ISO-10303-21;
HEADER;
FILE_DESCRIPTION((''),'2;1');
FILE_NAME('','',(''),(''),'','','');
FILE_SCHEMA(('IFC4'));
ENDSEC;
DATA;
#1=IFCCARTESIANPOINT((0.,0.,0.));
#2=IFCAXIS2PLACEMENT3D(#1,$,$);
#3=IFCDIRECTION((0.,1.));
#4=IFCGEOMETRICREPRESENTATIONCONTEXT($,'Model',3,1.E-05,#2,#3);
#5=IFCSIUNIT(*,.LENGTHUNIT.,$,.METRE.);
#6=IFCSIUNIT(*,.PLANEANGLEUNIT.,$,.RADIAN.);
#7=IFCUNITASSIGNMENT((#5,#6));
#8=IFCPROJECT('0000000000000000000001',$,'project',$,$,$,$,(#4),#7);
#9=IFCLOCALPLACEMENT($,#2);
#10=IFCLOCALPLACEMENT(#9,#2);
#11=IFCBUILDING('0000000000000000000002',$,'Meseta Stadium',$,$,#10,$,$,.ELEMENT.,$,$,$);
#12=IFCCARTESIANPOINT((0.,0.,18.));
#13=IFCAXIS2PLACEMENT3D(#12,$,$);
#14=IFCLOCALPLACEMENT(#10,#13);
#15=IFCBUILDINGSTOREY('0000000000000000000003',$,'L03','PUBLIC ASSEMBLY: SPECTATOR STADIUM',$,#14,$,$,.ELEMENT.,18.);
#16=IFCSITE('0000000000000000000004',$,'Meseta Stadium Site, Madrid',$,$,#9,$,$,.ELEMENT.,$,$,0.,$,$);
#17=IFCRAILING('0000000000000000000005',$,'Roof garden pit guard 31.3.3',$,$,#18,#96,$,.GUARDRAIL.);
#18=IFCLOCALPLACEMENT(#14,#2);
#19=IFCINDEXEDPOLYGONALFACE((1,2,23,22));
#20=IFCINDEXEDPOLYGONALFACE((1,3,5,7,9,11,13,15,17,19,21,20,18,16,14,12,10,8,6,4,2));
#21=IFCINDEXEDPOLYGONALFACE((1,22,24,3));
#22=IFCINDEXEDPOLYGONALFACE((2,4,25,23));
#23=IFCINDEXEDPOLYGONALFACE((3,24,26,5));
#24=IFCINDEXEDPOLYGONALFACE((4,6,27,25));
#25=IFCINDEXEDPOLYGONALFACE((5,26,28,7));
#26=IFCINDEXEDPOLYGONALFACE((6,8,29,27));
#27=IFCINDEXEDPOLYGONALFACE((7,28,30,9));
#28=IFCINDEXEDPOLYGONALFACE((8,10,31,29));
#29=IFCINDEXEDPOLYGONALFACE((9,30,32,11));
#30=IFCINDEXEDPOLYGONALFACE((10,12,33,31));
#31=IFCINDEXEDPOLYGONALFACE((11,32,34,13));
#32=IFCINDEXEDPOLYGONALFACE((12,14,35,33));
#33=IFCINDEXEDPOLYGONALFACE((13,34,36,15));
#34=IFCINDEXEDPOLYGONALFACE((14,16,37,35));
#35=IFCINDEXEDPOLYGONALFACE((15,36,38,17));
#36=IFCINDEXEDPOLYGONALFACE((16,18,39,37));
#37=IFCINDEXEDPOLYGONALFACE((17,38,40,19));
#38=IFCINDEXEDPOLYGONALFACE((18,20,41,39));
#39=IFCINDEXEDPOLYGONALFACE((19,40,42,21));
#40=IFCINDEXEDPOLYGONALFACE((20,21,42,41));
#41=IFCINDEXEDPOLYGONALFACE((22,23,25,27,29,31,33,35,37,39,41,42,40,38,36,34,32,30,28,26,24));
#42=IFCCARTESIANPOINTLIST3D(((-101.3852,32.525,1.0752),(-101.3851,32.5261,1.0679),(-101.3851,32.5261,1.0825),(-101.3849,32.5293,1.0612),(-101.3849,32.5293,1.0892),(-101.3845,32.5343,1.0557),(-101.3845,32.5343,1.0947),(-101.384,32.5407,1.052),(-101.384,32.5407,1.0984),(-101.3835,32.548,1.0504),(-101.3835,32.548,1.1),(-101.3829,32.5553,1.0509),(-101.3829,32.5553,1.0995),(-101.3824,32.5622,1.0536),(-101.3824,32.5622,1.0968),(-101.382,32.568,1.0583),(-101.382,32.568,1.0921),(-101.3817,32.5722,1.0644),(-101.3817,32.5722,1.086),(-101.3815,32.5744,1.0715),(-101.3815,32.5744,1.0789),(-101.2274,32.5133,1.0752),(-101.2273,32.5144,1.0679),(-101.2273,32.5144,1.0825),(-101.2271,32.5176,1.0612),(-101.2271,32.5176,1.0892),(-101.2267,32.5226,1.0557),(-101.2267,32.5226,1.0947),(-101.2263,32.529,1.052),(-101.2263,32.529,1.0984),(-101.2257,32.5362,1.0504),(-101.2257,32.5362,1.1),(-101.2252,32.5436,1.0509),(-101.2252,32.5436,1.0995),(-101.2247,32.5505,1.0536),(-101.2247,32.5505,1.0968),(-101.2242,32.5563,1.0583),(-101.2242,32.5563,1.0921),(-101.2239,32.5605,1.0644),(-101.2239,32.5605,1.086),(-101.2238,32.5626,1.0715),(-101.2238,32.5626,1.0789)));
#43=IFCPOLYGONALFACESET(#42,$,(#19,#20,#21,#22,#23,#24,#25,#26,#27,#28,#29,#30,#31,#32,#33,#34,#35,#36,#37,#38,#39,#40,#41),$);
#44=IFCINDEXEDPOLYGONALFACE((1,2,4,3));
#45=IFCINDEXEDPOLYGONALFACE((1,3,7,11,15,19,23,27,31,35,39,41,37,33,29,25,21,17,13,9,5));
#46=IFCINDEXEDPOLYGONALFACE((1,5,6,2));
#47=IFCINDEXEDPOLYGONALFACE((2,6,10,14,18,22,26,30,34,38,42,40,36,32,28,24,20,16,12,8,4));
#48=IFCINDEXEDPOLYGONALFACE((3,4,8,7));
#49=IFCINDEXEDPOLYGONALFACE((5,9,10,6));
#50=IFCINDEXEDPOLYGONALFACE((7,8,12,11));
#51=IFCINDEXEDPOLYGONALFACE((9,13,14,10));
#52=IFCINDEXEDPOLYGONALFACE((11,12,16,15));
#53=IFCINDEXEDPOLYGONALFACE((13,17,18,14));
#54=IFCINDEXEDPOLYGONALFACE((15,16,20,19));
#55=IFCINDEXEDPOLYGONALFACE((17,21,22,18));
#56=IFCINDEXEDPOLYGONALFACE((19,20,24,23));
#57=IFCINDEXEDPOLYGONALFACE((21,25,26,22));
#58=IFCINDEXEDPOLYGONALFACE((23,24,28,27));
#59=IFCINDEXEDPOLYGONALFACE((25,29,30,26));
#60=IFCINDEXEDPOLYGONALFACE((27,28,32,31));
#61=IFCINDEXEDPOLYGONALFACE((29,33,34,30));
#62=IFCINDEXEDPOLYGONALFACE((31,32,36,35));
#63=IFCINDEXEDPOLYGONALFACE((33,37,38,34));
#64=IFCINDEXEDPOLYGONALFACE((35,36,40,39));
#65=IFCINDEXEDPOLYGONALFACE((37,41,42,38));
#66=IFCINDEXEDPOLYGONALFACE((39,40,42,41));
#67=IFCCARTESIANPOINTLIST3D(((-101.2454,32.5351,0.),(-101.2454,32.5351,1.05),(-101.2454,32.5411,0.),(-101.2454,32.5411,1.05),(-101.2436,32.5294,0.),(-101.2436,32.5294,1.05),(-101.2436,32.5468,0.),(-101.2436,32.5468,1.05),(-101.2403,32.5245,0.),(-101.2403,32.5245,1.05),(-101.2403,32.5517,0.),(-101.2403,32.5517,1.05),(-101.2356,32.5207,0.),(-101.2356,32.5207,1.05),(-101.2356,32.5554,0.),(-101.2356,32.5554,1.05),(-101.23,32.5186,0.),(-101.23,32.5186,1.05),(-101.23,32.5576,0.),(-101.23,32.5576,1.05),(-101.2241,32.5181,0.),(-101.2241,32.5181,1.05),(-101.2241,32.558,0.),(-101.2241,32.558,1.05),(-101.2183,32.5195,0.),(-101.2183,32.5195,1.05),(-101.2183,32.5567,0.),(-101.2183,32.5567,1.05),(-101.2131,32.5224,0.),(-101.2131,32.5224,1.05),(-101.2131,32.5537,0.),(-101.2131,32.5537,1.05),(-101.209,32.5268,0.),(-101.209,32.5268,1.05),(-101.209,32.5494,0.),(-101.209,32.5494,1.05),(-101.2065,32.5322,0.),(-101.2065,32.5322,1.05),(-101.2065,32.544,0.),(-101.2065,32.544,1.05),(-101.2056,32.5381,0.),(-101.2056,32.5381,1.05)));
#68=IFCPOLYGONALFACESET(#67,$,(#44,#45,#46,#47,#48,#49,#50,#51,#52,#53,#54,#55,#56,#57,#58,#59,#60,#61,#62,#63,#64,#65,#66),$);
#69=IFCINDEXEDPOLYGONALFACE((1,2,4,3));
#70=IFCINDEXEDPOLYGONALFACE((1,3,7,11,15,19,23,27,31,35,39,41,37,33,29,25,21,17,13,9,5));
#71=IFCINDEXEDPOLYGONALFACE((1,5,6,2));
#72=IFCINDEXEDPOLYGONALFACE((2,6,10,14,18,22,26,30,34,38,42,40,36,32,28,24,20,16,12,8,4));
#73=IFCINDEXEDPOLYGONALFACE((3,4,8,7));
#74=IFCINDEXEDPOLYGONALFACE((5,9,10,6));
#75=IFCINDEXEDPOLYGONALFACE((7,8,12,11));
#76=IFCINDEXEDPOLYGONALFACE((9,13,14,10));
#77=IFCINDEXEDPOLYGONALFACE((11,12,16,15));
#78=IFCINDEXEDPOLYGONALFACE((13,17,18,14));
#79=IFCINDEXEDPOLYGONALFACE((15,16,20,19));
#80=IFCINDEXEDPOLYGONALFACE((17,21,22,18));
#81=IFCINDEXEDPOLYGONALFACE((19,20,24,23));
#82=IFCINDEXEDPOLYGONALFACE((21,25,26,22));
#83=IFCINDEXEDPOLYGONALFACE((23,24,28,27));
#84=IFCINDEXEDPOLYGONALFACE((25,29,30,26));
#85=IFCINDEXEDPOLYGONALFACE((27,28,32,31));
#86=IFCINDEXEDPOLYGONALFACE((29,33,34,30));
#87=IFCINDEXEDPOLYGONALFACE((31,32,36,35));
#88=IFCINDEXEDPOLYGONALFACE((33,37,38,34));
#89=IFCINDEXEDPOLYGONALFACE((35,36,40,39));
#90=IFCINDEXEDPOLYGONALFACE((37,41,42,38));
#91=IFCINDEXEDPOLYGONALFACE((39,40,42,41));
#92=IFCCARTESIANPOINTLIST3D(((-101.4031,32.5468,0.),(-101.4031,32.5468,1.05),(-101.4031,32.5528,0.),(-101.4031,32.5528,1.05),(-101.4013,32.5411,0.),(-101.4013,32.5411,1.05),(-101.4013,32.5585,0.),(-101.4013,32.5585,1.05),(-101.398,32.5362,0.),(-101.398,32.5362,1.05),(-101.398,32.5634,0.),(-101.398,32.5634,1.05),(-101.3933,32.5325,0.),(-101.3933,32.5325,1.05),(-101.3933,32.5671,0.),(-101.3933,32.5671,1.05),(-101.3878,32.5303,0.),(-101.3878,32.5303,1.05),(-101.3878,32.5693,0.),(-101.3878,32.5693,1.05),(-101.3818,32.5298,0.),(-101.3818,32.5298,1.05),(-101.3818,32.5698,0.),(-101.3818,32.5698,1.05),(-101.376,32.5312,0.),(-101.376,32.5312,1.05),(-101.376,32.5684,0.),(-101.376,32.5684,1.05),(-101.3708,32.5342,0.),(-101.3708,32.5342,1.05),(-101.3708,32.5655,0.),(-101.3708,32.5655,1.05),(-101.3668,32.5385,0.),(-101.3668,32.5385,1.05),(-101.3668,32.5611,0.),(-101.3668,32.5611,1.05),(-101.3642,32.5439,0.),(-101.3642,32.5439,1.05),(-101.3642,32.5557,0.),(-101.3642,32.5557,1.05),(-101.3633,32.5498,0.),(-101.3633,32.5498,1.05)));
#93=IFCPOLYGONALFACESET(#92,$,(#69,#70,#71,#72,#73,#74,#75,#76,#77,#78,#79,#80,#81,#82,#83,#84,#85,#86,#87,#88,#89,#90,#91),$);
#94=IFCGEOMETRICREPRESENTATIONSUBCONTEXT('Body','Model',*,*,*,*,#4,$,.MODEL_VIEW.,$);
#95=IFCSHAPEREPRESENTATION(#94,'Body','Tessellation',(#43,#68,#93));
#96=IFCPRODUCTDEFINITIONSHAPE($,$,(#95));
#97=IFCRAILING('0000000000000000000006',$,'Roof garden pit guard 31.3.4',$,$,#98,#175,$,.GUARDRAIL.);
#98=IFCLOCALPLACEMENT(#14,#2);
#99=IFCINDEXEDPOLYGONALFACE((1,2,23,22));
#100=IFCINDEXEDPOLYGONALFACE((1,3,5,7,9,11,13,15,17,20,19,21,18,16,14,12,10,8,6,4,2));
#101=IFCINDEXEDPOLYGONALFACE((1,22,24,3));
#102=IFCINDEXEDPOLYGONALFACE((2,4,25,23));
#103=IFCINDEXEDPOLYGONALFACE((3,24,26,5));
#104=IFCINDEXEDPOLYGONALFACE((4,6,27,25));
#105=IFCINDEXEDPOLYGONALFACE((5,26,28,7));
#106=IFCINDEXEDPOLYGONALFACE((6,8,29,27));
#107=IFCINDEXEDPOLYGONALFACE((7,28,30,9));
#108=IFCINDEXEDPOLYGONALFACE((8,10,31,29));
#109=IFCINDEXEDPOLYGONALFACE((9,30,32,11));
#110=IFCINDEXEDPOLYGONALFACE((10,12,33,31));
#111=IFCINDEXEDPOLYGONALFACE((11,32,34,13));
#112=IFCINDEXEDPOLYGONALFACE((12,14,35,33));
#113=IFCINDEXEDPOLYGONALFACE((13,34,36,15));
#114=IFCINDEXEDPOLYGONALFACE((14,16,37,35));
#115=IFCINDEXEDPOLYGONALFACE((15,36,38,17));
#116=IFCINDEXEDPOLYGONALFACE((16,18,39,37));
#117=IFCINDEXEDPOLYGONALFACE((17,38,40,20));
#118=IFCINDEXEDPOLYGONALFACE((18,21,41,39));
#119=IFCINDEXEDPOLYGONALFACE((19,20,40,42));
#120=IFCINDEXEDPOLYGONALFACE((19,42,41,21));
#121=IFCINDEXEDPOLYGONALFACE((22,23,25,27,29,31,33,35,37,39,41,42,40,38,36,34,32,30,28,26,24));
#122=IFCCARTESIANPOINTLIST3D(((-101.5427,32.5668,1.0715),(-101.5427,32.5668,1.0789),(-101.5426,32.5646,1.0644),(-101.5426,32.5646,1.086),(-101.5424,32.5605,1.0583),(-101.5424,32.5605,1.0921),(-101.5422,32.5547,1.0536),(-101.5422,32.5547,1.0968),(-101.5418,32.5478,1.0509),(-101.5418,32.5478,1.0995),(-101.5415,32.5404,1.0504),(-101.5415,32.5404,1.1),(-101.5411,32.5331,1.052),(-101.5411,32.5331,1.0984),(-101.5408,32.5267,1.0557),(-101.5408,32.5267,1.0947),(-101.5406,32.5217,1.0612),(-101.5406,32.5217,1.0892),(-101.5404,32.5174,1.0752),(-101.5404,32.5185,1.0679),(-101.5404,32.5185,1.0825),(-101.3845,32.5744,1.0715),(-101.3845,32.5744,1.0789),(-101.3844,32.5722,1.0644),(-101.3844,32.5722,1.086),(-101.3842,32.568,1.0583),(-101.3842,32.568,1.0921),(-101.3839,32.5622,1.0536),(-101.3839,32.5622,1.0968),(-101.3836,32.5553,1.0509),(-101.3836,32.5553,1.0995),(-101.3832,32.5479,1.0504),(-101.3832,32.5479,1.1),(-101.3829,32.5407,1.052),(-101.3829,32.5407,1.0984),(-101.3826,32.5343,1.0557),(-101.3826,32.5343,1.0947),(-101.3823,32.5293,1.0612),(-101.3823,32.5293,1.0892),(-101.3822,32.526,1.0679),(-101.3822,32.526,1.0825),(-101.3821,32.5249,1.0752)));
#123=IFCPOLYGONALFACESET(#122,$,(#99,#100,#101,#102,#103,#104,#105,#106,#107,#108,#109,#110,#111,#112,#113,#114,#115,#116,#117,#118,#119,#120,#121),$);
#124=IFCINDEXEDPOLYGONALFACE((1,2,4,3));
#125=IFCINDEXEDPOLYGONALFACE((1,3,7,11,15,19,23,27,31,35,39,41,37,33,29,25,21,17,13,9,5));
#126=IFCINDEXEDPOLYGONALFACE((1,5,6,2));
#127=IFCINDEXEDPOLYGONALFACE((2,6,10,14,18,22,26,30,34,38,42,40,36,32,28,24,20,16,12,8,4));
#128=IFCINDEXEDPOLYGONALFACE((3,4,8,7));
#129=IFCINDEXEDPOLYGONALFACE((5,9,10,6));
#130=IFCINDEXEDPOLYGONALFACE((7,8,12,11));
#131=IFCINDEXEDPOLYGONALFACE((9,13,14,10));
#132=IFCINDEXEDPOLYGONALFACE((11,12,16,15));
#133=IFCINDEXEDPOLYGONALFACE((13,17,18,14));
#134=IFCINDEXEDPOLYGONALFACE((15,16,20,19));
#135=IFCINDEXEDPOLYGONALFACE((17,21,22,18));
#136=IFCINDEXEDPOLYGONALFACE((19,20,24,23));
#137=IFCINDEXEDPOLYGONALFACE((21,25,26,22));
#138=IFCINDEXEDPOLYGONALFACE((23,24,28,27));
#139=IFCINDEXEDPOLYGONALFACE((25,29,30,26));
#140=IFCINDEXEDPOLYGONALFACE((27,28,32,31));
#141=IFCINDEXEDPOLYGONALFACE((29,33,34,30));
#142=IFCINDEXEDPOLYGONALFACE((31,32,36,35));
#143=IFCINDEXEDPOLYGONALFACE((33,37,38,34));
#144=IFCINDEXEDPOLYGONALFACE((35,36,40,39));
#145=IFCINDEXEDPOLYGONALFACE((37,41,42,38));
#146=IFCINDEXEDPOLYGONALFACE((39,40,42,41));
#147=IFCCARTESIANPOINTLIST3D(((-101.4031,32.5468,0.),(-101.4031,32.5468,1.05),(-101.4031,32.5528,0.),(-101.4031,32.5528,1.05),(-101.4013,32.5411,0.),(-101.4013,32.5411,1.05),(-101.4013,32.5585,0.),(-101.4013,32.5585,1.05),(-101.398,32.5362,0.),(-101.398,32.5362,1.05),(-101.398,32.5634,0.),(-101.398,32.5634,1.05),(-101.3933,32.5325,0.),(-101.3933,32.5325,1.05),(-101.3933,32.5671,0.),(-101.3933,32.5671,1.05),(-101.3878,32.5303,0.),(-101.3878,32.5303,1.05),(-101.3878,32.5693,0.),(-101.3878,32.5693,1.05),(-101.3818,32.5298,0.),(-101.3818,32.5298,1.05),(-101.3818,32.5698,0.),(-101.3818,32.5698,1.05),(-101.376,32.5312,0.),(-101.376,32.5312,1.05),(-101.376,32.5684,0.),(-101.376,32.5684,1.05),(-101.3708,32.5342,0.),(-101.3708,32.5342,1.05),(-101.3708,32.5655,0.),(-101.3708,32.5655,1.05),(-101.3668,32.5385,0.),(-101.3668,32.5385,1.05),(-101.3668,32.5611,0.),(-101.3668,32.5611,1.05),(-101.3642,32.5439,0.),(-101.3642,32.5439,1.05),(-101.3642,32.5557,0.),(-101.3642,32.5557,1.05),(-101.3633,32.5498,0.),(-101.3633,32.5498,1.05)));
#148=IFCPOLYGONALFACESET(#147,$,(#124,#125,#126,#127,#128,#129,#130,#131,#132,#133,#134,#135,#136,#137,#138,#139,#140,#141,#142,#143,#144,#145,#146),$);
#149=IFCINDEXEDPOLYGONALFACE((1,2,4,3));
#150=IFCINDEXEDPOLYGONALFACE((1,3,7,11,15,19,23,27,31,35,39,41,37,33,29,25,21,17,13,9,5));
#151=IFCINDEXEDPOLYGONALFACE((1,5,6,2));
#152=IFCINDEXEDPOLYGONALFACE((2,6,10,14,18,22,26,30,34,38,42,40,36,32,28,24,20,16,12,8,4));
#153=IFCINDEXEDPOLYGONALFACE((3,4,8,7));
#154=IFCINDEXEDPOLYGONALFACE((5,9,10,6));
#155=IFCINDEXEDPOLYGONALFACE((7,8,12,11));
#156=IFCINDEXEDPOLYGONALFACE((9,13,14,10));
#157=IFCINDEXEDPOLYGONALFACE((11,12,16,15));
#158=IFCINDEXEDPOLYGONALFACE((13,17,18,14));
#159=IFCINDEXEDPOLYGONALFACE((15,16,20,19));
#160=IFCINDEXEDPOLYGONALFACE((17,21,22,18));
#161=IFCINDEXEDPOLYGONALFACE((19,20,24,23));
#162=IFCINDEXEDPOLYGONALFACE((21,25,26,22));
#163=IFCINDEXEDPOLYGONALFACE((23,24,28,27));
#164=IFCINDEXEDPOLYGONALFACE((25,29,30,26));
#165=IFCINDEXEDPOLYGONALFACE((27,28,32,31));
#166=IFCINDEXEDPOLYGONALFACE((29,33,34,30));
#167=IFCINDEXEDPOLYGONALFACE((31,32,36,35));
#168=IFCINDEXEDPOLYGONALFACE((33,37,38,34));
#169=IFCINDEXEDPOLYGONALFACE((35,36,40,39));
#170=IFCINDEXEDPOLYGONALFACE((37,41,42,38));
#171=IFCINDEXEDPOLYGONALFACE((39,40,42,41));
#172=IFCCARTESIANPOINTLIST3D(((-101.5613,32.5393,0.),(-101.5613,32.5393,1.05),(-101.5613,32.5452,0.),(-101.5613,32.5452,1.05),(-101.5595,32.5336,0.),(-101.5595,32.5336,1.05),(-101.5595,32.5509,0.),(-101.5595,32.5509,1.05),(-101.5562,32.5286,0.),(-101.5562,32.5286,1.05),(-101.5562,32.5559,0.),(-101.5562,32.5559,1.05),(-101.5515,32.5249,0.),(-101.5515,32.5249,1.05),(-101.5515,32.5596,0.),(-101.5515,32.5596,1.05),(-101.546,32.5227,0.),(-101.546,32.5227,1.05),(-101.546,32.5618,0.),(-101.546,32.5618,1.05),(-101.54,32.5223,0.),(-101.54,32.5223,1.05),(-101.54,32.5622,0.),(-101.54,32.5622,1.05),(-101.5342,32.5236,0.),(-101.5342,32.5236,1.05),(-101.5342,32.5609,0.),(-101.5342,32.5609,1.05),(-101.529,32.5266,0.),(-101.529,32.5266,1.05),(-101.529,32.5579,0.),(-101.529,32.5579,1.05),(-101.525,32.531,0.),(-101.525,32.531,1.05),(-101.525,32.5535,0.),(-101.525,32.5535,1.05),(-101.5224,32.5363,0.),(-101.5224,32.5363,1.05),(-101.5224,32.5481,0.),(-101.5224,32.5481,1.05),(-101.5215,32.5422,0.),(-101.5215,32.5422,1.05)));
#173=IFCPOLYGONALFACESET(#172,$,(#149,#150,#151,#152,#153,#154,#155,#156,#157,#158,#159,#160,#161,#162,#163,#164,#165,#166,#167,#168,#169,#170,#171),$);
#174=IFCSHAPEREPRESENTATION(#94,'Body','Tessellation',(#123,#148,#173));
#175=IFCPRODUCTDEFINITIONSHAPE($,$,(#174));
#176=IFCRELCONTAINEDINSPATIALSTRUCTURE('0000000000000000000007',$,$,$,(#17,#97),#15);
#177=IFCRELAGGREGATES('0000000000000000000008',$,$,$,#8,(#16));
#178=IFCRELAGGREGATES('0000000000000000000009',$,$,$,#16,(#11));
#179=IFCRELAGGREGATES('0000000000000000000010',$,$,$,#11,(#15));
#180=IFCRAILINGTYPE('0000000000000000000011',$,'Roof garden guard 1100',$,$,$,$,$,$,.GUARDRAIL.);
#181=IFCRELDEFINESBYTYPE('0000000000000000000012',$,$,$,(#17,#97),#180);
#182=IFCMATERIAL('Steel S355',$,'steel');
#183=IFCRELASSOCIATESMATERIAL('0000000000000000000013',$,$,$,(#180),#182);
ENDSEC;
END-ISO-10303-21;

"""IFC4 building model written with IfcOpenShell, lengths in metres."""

from ifc_helpers import new_model, si_unit, direction, frame, origin, origin_2d, place, context, subcontext, project, spatial, circle, extrude, material, type_object, element, save


model = new_model("IFC4")

# Units and contexts
model_context = context("Model", 3, precision=1e-05, world=origin(), true_north=direction((0.0, 1.0)))
body_context = subcontext(model_context, "Body", "Model", "MODEL_VIEW")
ifc_project = project(units=[si_unit("LENGTHUNIT", "METRE"), si_unit("PLANEANGLEUNIT", "RADIAN")], contexts=[model_context])

# Site, building, storey
site_placement = place(None, origin())
site = spatial("IfcSite", under=ifc_project, at=site_placement, Name="Meseta Stadium Site, Madrid", CompositionType="ELEMENT", RefElevation=0.0)
building_placement = place(site_placement, origin())
building = spatial("IfcBuilding", under=site, at=building_placement, Name="Meseta Stadium", CompositionType="ELEMENT")
storey_placement = place(building_placement, frame((0.0, 0.0, 18.0)))
storey = spatial("IfcBuildingStorey", under=building, at=storey_placement, Name="L03", Description="PUBLIC ASSEMBLY: SPECTATOR STADIUM", CompositionType="ELEMENT", Elevation=18.0)

# Railings
ifc_material_1 = material(Name="Steel S355", Category="steel")
railing_type = type_object("IfcRailingType", Name="Roof garden guard 1100", PredefinedType="GUARDRAIL", material=ifc_material_1)
railing_1_placement = place(storey_placement, frame((-101.2256, 32.5381, 0.0)))
element("IfcRailing", 1, at=railing_1_placement, inside=storey, type_object=railing_type, Name="Roof garden pit guard 31.3.3", PredefinedType="GUARDRAIL", context=body_context, shape_type="SweptSolid", body=[
    extrude(circle(Radius=0.0249, at=origin_2d()), frame((0.0, 0.0, 1.0752), z_axis=(-0.997251, 0.074099, 0.0), x_axis=(-0.074099, -0.997251, 0.0)), (0.0, 0.0, 1.0), 0.1582),
    extrude(circle(Radius=0.02, at=origin_2d()), origin(), (0.0, 0.0, 1.0), 1.05),
    extrude(circle(Radius=0.02, at=origin_2d()), frame((-0.1577, 0.0117, 0.0)), (0.0, 0.0, 1.0), 1.05),
])
railing_2_placement = place(storey_placement, frame((-101.3833, 32.5498, 0.0)))
element("IfcRailing", 2, at=railing_2_placement, inside=storey, type_object=railing_type, Name="Roof garden pit guard 31.3.4", PredefinedType="GUARDRAIL", context=body_context, shape_type="SweptSolid", body=[
    extrude(circle(Radius=0.0249, at=origin_2d()), frame((0.0, 0.0, 1.0752), z_axis=(-0.998858, -0.047785, 0.0), x_axis=(0.047785, -0.998858, 0.0)), (0.0, 0.0, 1.0), 0.1584),
    extrude(circle(Radius=0.02, at=origin_2d()), origin(), (0.0, 0.0, 1.0), 1.05),
    extrude(circle(Radius=0.02, at=origin_2d()), frame((-0.1582, -0.0076, 0.0)), (0.0, 0.0, 1.0), 1.05),
])

save(model, "model.ifc")
